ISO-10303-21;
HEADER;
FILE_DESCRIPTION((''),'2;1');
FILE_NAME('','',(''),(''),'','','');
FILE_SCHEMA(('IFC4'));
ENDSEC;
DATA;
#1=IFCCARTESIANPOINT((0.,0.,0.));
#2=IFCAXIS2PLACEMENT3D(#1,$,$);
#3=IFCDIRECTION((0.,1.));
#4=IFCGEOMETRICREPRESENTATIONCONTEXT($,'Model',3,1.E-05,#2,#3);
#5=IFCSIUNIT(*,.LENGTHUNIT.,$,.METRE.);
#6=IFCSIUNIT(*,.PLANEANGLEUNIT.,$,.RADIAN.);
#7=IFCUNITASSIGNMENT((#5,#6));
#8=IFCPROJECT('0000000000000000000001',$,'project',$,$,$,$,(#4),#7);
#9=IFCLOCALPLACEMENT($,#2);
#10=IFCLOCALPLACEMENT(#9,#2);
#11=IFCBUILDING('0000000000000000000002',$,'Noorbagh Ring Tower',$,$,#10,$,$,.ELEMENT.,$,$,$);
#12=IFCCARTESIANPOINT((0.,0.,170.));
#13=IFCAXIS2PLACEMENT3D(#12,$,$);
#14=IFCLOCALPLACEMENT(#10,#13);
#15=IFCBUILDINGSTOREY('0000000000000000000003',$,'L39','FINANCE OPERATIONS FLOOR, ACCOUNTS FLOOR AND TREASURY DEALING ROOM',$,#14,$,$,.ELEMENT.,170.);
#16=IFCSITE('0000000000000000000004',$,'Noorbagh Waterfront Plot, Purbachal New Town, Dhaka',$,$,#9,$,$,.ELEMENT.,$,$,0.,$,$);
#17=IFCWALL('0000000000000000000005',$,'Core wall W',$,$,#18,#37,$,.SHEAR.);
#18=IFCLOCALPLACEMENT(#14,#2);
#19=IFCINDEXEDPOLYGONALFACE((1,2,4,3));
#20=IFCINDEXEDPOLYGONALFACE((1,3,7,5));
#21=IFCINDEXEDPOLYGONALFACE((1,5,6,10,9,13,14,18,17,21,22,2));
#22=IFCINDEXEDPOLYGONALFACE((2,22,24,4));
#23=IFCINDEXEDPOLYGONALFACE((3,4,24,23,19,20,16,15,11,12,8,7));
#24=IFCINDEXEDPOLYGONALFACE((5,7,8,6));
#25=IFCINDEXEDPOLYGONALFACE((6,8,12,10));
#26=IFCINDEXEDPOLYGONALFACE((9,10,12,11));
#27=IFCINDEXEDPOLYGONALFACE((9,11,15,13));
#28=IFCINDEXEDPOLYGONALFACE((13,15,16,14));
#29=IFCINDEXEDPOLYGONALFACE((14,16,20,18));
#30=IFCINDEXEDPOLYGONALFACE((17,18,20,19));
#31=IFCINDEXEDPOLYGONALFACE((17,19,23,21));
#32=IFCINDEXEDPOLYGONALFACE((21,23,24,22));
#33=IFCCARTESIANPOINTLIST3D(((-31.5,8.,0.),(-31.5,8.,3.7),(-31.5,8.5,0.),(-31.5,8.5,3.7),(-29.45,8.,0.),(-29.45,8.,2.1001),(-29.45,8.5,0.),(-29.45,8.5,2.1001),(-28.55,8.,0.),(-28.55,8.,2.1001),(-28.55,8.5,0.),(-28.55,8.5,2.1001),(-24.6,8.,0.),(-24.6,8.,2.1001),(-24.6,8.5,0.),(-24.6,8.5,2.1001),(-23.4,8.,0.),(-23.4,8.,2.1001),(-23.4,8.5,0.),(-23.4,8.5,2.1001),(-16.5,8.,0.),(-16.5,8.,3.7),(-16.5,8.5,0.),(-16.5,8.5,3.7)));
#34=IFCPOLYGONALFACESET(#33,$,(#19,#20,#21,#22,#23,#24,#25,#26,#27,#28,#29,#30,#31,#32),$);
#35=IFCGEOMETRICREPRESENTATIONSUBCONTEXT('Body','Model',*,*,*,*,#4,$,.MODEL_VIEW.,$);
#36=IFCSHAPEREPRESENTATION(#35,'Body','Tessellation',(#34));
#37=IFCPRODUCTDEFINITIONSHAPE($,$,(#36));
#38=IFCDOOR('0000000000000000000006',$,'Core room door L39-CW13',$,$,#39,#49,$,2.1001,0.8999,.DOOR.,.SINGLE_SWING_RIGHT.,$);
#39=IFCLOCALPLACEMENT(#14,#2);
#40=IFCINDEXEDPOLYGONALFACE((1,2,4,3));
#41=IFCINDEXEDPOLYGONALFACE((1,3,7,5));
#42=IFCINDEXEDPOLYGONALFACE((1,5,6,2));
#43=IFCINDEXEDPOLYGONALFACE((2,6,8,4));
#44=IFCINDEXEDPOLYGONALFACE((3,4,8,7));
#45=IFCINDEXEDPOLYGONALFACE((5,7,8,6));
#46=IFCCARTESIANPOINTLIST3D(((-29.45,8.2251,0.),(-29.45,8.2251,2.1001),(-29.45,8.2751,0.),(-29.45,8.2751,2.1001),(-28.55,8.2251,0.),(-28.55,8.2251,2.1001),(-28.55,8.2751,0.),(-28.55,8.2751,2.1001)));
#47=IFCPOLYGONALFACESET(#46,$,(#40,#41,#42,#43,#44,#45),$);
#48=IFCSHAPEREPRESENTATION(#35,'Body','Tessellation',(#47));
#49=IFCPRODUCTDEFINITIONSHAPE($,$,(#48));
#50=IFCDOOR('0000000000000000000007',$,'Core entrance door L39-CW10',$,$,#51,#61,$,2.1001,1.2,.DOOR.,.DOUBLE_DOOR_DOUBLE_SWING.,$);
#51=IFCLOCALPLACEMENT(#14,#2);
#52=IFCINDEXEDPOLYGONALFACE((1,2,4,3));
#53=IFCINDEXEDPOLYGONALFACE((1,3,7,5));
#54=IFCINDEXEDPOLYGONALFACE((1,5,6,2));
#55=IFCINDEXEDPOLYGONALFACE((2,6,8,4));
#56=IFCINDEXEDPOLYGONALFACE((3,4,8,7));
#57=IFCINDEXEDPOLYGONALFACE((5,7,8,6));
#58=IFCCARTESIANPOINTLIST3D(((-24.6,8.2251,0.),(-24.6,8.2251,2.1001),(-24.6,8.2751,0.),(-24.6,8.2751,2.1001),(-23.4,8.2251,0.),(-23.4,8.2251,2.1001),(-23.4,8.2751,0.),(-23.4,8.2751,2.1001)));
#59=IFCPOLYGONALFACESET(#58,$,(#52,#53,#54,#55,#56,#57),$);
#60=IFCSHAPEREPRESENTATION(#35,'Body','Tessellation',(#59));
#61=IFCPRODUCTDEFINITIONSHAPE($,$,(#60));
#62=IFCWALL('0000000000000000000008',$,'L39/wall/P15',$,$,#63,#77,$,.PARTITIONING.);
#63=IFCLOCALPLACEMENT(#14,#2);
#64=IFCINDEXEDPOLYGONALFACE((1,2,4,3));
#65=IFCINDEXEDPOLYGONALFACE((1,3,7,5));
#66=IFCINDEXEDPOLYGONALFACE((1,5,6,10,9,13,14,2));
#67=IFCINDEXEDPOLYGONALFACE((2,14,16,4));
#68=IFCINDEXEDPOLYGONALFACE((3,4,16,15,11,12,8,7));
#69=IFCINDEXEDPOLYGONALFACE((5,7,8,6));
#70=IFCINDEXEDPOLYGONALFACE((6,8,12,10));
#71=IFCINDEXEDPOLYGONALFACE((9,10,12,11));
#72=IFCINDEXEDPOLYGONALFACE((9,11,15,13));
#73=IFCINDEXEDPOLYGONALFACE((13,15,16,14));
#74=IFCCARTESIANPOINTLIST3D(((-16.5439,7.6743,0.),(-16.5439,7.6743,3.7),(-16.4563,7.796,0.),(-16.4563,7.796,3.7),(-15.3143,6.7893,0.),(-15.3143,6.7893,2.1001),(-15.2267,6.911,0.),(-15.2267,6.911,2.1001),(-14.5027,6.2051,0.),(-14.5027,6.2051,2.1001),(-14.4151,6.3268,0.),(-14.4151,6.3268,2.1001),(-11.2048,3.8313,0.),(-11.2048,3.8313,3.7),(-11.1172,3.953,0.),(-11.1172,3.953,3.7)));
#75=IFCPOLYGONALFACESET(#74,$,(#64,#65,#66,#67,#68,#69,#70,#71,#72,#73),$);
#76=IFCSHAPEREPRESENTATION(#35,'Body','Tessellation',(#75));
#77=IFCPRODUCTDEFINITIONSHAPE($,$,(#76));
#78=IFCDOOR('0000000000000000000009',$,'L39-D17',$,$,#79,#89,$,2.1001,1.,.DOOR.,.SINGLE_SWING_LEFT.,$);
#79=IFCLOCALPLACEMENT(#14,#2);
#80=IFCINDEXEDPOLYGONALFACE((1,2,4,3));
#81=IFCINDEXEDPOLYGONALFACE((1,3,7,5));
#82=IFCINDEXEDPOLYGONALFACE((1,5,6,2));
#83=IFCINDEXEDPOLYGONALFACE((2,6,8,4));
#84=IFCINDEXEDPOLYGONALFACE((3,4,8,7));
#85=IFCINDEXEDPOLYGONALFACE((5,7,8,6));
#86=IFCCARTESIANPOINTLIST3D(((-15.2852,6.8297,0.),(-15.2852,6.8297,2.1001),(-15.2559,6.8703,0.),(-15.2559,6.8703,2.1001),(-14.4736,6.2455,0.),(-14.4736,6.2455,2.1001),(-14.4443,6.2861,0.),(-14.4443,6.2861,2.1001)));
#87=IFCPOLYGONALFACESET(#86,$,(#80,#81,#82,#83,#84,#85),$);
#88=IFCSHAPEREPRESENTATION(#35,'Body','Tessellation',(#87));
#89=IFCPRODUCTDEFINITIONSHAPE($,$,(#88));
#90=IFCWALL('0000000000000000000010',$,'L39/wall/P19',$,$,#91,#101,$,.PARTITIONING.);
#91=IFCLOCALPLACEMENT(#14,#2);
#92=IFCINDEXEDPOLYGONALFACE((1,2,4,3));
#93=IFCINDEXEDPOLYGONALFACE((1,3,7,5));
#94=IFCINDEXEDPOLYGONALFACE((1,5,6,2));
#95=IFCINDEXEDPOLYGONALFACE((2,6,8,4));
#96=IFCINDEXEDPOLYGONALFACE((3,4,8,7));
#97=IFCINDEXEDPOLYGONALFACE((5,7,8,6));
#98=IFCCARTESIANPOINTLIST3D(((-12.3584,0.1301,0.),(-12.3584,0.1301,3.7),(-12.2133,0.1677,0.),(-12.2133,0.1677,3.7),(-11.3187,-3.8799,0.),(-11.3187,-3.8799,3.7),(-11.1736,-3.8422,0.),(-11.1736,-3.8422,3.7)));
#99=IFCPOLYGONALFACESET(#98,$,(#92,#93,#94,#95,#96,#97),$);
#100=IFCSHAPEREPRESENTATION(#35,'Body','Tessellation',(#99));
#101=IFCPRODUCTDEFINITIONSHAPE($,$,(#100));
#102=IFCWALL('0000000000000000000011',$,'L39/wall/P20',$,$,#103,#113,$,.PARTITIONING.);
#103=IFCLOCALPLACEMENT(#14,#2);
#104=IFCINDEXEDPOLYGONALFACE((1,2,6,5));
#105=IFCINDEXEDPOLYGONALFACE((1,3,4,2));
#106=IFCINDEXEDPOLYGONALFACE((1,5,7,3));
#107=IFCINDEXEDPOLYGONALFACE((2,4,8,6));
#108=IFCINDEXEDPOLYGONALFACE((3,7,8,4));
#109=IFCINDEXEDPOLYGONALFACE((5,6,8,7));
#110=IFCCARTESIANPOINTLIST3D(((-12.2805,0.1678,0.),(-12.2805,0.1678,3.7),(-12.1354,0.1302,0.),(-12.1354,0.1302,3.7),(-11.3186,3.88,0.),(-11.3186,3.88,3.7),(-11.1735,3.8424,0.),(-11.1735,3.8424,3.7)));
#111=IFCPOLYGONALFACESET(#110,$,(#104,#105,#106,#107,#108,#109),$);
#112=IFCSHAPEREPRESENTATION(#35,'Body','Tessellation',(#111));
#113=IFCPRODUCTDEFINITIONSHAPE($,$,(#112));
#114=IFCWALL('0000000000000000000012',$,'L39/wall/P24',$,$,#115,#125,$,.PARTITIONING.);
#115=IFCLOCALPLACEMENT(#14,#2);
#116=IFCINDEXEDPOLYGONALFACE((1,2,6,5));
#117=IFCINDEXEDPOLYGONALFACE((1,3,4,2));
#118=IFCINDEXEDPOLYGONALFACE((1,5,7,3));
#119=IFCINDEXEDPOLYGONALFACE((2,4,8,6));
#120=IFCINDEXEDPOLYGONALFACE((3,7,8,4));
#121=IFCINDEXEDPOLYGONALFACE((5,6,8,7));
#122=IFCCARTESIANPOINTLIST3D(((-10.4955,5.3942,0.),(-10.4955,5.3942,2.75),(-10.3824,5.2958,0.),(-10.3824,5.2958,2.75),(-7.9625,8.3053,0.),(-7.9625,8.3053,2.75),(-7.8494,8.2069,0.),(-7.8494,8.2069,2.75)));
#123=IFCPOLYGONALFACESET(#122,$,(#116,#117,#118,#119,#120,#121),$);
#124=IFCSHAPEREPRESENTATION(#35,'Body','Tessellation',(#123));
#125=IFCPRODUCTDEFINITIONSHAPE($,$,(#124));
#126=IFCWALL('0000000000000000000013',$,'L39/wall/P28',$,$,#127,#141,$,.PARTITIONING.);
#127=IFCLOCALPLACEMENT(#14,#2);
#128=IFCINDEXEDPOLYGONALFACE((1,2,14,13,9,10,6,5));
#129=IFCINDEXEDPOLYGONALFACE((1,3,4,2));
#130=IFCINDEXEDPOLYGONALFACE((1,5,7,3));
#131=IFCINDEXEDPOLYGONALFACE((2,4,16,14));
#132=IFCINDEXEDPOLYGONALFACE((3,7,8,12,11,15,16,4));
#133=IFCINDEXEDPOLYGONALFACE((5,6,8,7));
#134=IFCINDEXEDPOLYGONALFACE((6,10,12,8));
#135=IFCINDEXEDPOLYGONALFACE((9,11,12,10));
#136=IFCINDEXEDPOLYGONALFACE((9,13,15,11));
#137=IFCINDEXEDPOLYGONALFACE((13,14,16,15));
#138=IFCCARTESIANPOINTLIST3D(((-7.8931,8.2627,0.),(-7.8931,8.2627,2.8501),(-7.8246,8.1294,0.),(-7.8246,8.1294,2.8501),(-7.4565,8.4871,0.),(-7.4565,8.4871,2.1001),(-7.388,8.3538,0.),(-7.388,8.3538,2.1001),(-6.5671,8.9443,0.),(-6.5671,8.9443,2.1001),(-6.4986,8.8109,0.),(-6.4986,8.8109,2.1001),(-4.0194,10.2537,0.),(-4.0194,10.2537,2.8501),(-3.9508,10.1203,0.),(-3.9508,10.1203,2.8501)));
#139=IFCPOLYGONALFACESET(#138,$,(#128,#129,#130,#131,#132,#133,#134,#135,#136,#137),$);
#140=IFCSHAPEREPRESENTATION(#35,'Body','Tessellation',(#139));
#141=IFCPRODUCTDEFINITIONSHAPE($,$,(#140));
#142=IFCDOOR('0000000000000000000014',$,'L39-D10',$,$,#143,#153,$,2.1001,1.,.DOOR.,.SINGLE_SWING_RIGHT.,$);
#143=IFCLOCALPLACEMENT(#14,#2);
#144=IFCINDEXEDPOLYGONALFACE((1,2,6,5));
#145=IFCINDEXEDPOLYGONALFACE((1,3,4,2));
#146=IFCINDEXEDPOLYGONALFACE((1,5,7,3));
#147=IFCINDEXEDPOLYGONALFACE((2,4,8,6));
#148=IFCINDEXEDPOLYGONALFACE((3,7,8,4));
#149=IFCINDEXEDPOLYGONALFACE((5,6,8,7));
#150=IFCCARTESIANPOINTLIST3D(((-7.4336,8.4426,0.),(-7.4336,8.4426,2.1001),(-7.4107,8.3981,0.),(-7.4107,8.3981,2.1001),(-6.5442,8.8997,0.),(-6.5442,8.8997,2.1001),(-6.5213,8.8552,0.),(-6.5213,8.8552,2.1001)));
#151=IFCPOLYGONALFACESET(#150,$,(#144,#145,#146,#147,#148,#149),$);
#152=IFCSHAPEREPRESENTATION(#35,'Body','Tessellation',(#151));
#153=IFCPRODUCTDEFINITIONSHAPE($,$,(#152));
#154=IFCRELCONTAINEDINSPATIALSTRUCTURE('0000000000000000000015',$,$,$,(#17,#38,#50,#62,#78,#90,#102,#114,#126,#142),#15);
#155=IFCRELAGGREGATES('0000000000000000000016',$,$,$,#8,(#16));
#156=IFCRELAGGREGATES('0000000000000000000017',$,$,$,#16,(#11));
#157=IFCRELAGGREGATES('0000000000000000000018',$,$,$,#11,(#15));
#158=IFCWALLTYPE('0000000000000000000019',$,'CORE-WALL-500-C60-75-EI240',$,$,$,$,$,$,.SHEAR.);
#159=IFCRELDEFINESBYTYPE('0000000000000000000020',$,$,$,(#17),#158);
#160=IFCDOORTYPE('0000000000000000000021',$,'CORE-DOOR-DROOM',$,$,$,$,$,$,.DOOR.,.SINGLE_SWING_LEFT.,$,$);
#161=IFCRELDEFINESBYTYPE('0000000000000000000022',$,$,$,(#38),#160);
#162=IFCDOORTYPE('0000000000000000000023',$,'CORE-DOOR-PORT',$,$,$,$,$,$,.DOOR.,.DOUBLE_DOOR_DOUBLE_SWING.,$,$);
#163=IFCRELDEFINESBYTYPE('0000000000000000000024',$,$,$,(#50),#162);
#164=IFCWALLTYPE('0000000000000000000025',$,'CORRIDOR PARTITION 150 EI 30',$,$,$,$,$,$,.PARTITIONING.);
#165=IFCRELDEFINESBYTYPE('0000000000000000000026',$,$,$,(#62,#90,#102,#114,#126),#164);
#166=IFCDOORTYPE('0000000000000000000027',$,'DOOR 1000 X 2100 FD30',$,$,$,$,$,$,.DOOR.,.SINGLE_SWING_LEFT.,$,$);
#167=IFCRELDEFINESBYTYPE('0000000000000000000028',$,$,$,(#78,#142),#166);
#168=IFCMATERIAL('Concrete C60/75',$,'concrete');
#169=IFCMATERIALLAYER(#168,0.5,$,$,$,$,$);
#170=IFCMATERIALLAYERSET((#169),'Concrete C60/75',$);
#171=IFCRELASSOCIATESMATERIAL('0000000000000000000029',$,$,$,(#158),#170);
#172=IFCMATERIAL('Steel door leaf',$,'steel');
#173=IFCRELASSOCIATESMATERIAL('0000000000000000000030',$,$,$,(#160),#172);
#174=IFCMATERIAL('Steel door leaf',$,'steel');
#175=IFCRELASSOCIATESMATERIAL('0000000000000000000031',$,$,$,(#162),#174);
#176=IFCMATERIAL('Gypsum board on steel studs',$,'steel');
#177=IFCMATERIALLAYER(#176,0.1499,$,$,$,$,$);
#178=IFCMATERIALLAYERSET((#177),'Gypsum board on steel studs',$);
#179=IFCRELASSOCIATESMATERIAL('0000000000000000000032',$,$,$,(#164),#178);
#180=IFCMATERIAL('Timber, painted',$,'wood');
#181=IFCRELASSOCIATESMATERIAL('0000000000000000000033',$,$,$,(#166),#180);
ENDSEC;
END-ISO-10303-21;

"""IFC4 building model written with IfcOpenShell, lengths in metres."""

from ifc_helpers import new_model, si_unit, direction, frame, frame_2d, origin, place, context, subcontext, project, spatial, rectangle, extrude, material, layer, layer_set, type_object, element, fill, save


model = new_model("IFC4")

# Units and contexts
model_context = context("Model", 3, precision=1e-05, world=origin(), true_north=direction((0.0, 1.0)))
body_context = subcontext(model_context, "Body", "Model", "MODEL_VIEW")
ifc_project = project(units=[si_unit("LENGTHUNIT", "METRE"), si_unit("PLANEANGLEUNIT", "RADIAN")], contexts=[model_context])

# Site, building, storey
site_placement = place(None, origin())
site = spatial("IfcSite", under=ifc_project, at=site_placement, Name="Noorbagh Waterfront Plot, Purbachal New Town, Dhaka", CompositionType="ELEMENT", RefElevation=0.0)
building_placement = place(site_placement, origin())
building = spatial("IfcBuilding", under=site, at=building_placement, Name="Noorbagh Ring Tower", CompositionType="ELEMENT")
storey_placement = place(building_placement, frame((0.0, 0.0, 170.0)))
storey = spatial("IfcBuildingStorey", under=building, at=storey_placement, Name="L39", Description="FINANCE OPERATIONS FLOOR, ACCOUNTS FLOOR AND TREASURY DEALING ROOM", CompositionType="ELEMENT", Elevation=170.0)

# Wall, openings, doors
ifc_material_1 = material(Name="Concrete C60/75", Category="concrete")
ifc_layer_1 = layer(ifc_material_1, 0.5)
ifc_layer_set_1 = layer_set([ifc_layer_1], Name="Concrete C60/75")
wall_type_1 = type_object("IfcWallType", Name="CORE-WALL-500-C60-75-EI240", PredefinedType="SHEAR", material=ifc_layer_set_1)
wall_1_placement = place(storey_placement, frame((-16.5, 8.25, 0.0), z_axis=(0.0, 0.0, 1.0), x_axis=(-1.0, 0.0, 0.0)))
wall_1 = element("IfcWall", 1, at=wall_1_placement, inside=storey, type_object=wall_type_1, Name="Core wall W", PredefinedType="SHEAR", context=body_context, shape_type="SweptSolid", body=[
    extrude(rectangle(XDim=15.0, YDim=0.5, at=frame_2d((7.5, 0.0))), origin(), (0.0, 0.0, 1.0), 3.7),
])
opening_1_placement = place(wall_1_placement, frame((6.8999, 0.0, 0.0)))
opening_1 = element("IfcOpeningElement", 2, at=opening_1_placement, cuts=wall_1, PredefinedType="OPENING", context=body_context, shape_type="SweptSolid", body=[
    extrude(rectangle(XDim=1.2, YDim=2.1001, at=frame_2d((0.6001, 1.05))), frame((0.0, 0.26, 0.0), z_axis=(0.0, -1.0, 0.0), x_axis=(1.0, 0.0, 0.0)), (0.0, 0.0, 1.0), 0.52),
])
opening_2_placement = place(wall_1_placement, frame((12.05, 0.0, 0.0)))
opening_2 = element("IfcOpeningElement", 3, at=opening_2_placement, cuts=wall_1, PredefinedType="OPENING", context=body_context, shape_type="SweptSolid", body=[
    extrude(rectangle(XDim=0.8999, YDim=2.1001, at=frame_2d((0.45, 1.05))), frame((0.0, 0.26, 0.0), z_axis=(0.0, -1.0, 0.0), x_axis=(1.0, 0.0, 0.0)), (0.0, 0.0, 1.0), 0.52),
])
ifc_material_2 = material(Name="Steel door leaf", Category="steel")
door_type_1 = type_object("IfcDoorType", Name="CORE-DOOR-DROOM", OperationType="SINGLE_SWING_LEFT", PredefinedType="DOOR", material=ifc_material_2)
door_1_placement = place(opening_2_placement, origin())
door_1 = element("IfcDoor", 4, at=door_1_placement, inside=storey, type_object=door_type_1, Name="Core room door L39-CW13", OperationType="SINGLE_SWING_RIGHT", OverallHeight=2.1001, OverallWidth=0.8999, PredefinedType="DOOR", context=body_context, shape_type="SweptSolid", body=[
    extrude(rectangle(XDim=0.8999, YDim=2.1001, at=frame_2d((0.45, 1.05))), frame((0.0, 0.0249, 0.0), z_axis=(0.0, -1.0, 0.0), x_axis=(1.0, 0.0, 0.0)), (0.0, 0.0, 1.0), 0.05),
])
fill(opening_2, door_1)
ifc_material_3 = material(Name="Steel door leaf", Category="steel")
door_type_2 = type_object("IfcDoorType", Name="CORE-DOOR-PORT", OperationType="DOUBLE_DOOR_DOUBLE_SWING", PredefinedType="DOOR", material=ifc_material_3)
door_2_placement = place(opening_1_placement, origin())
door_2 = element("IfcDoor", 5, at=door_2_placement, inside=storey, type_object=door_type_2, Name="Core entrance door L39-CW10", OperationType="DOUBLE_DOOR_DOUBLE_SWING", OverallHeight=2.1001, OverallWidth=1.2, PredefinedType="DOOR", context=body_context, shape_type="SweptSolid", body=[
    extrude(rectangle(XDim=1.2, YDim=2.1001, at=frame_2d((0.6001, 1.05))), frame((0.0, 0.0249, 0.0), z_axis=(0.0, -1.0, 0.0), x_axis=(1.0, 0.0, 0.0)), (0.0, 0.0, 1.0), 0.05),
])
fill(opening_1, door_2)

# Wall, opening, door
ifc_material_4 = material(Name="Gypsum board on steel studs", Category="steel")
ifc_layer_2 = layer(ifc_material_4, 0.1499)
ifc_layer_set_2 = layer_set([ifc_layer_2], Name="Gypsum board on steel studs")
wall_type_2 = type_object("IfcWallType", Name="CORRIDOR PARTITION 150 EI 30", PredefinedType="PARTITIONING", material=ifc_layer_set_2)
wall_2_placement = place(storey_placement, frame((-16.5, 7.7351, 0.0), z_axis=(0.0, 0.0, 1.0), x_axis=(0.811617, -0.58419, 0.0)))
wall_2 = element("IfcWall", 6, at=wall_2_placement, inside=storey, type_object=wall_type_2, Name="L39/wall/P15", PredefinedType="PARTITIONING", context=body_context, shape_type="SweptSolid", body=[
    extrude(rectangle(XDim=6.5784, YDim=0.1499, at=frame_2d((3.2891, 0.0))), origin(), (0.0, 0.0, 1.0), 3.7),
])
opening_3_placement = place(wall_2_placement, frame((1.5149, 0.0, 0.0)))
opening_3 = element("IfcOpeningElement", 7, at=opening_3_placement, cuts=wall_2, PredefinedType="OPENING", context=body_context, shape_type="SweptSolid", body=[
    extrude(rectangle(XDim=1.0, YDim=2.1001, at=frame_2d((0.5, 1.05))), frame((0.0, 0.085, 0.0), z_axis=(0.0, -1.0, 0.0), x_axis=(1.0, 0.0, 0.0)), (0.0, 0.0, 1.0), 0.1699),
])
ifc_material_5 = material(Name="Timber, painted", Category="wood")
door_type_3 = type_object("IfcDoorType", Name="DOOR 1000 X 2100 FD30", OperationType="SINGLE_SWING_LEFT", PredefinedType="DOOR", material=ifc_material_5)
door_3_placement = place(opening_3_placement, origin())
door_3 = element("IfcDoor", 8, at=door_3_placement, inside=storey, type_object=door_type_3, Name="L39-D17", OperationType="SINGLE_SWING_LEFT", OverallHeight=2.1001, OverallWidth=1.0, PredefinedType="DOOR", context=body_context, shape_type="SweptSolid", body=[
    extrude(rectangle(XDim=1.0, YDim=2.1001, at=frame_2d((0.5, 1.05))), frame((0.0, 0.0249, 0.0), z_axis=(0.0, -1.0, 0.0), x_axis=(1.0, 0.0, 0.0)), (0.0, 0.0, 1.0), 0.05),
])
fill(opening_3, door_3)

# Walls
wall_3_placement = place(storey_placement, frame((-12.2859, 0.1489, 0.0), z_axis=(0.0, 0.0, 1.0), x_axis=(0.250999, -0.967987, 0.0)))
element("IfcWall", 9, at=wall_3_placement, inside=storey, type_object=wall_type_2, Name="L39/wall/P19", PredefinedType="PARTITIONING", context=body_context, shape_type="SweptSolid", body=[
    extrude(rectangle(XDim=4.1426, YDim=0.1499, at=frame_2d((2.0713, 0.0))), origin(), (0.0, 0.0, 1.0), 3.7),
])
wall_4_placement = place(storey_placement, frame((-12.208, 0.1489, 0.0), z_axis=(0.0, 0.0, 1.0), x_axis=(0.250841, 0.968028, 0.0)))
element("IfcWall", 10, at=wall_4_placement, inside=storey, type_object=wall_type_2, Name="L39/wall/P20", PredefinedType="PARTITIONING", context=body_context, shape_type="SweptSolid", body=[
    extrude(rectangle(XDim=3.8347, YDim=0.1499, at=frame_2d((1.9175, 0.0))), origin(), (0.0, 0.0, 1.0), 3.7),
])
wall_5_placement = place(storey_placement, frame((-10.439, 5.345, 0.0), z_axis=(0.0, 0.0, 1.0), x_axis=(0.656406, 0.754408, 0.0)))
element("IfcWall", 11, at=wall_5_placement, inside=storey, type_object=wall_type_2, Name="L39/wall/P24", PredefinedType="PARTITIONING", context=body_context, shape_type="SweptSolid", body=[
    extrude(rectangle(XDim=3.8589, YDim=0.1499, at=frame_2d((1.9294, 0.0))), origin(), (0.0, 0.0, 1.0), 2.75),
])

# Wall, opening, door
wall_6_placement = place(storey_placement, frame((-7.8589, 8.196, 0.0), z_axis=(0.0, 0.0, 1.0), x_axis=(0.889406, 0.457119, 0.0)))
wall_6 = element("IfcWall", 12, at=wall_6_placement, inside=storey, type_object=wall_type_2, Name="L39/wall/P28", PredefinedType="PARTITIONING", context=body_context, shape_type="SweptSolid", body=[
    extrude(rectangle(XDim=4.3555, YDim=0.1499, at=frame_2d((2.1777, 0.0))), origin(), (0.0, 0.0, 1.0), 2.8501),
])
opening_4_placement = place(wall_6_placement, frame((0.491, 0.0, 0.0)))
opening_4 = element("IfcOpeningElement", 13, at=opening_4_placement, cuts=wall_6, PredefinedType="OPENING", context=body_context, shape_type="SweptSolid", body=[
    extrude(rectangle(XDim=1.0, YDim=2.1001, at=frame_2d((0.5, 1.05))), frame((0.0, 0.085, 0.0), z_axis=(0.0, -1.0, 0.0), x_axis=(1.0, 0.0, 0.0)), (0.0, 0.0, 1.0), 0.1699),
])
door_4_placement = place(opening_4_placement, origin())
door_4 = element("IfcDoor", 14, at=door_4_placement, inside=storey, type_object=door_type_3, Name="L39-D10", OperationType="SINGLE_SWING_RIGHT", OverallHeight=2.1001, OverallWidth=1.0, PredefinedType="DOOR", context=body_context, shape_type="SweptSolid", body=[
    extrude(rectangle(XDim=1.0, YDim=2.1001, at=frame_2d((0.5, 1.05))), frame((0.0, 0.0249, 0.0), z_axis=(0.0, -1.0, 0.0), x_axis=(1.0, 0.0, 0.0)), (0.0, 0.0, 1.0), 0.05),
])
fill(opening_4, door_4)

save(model, "model.ifc")
